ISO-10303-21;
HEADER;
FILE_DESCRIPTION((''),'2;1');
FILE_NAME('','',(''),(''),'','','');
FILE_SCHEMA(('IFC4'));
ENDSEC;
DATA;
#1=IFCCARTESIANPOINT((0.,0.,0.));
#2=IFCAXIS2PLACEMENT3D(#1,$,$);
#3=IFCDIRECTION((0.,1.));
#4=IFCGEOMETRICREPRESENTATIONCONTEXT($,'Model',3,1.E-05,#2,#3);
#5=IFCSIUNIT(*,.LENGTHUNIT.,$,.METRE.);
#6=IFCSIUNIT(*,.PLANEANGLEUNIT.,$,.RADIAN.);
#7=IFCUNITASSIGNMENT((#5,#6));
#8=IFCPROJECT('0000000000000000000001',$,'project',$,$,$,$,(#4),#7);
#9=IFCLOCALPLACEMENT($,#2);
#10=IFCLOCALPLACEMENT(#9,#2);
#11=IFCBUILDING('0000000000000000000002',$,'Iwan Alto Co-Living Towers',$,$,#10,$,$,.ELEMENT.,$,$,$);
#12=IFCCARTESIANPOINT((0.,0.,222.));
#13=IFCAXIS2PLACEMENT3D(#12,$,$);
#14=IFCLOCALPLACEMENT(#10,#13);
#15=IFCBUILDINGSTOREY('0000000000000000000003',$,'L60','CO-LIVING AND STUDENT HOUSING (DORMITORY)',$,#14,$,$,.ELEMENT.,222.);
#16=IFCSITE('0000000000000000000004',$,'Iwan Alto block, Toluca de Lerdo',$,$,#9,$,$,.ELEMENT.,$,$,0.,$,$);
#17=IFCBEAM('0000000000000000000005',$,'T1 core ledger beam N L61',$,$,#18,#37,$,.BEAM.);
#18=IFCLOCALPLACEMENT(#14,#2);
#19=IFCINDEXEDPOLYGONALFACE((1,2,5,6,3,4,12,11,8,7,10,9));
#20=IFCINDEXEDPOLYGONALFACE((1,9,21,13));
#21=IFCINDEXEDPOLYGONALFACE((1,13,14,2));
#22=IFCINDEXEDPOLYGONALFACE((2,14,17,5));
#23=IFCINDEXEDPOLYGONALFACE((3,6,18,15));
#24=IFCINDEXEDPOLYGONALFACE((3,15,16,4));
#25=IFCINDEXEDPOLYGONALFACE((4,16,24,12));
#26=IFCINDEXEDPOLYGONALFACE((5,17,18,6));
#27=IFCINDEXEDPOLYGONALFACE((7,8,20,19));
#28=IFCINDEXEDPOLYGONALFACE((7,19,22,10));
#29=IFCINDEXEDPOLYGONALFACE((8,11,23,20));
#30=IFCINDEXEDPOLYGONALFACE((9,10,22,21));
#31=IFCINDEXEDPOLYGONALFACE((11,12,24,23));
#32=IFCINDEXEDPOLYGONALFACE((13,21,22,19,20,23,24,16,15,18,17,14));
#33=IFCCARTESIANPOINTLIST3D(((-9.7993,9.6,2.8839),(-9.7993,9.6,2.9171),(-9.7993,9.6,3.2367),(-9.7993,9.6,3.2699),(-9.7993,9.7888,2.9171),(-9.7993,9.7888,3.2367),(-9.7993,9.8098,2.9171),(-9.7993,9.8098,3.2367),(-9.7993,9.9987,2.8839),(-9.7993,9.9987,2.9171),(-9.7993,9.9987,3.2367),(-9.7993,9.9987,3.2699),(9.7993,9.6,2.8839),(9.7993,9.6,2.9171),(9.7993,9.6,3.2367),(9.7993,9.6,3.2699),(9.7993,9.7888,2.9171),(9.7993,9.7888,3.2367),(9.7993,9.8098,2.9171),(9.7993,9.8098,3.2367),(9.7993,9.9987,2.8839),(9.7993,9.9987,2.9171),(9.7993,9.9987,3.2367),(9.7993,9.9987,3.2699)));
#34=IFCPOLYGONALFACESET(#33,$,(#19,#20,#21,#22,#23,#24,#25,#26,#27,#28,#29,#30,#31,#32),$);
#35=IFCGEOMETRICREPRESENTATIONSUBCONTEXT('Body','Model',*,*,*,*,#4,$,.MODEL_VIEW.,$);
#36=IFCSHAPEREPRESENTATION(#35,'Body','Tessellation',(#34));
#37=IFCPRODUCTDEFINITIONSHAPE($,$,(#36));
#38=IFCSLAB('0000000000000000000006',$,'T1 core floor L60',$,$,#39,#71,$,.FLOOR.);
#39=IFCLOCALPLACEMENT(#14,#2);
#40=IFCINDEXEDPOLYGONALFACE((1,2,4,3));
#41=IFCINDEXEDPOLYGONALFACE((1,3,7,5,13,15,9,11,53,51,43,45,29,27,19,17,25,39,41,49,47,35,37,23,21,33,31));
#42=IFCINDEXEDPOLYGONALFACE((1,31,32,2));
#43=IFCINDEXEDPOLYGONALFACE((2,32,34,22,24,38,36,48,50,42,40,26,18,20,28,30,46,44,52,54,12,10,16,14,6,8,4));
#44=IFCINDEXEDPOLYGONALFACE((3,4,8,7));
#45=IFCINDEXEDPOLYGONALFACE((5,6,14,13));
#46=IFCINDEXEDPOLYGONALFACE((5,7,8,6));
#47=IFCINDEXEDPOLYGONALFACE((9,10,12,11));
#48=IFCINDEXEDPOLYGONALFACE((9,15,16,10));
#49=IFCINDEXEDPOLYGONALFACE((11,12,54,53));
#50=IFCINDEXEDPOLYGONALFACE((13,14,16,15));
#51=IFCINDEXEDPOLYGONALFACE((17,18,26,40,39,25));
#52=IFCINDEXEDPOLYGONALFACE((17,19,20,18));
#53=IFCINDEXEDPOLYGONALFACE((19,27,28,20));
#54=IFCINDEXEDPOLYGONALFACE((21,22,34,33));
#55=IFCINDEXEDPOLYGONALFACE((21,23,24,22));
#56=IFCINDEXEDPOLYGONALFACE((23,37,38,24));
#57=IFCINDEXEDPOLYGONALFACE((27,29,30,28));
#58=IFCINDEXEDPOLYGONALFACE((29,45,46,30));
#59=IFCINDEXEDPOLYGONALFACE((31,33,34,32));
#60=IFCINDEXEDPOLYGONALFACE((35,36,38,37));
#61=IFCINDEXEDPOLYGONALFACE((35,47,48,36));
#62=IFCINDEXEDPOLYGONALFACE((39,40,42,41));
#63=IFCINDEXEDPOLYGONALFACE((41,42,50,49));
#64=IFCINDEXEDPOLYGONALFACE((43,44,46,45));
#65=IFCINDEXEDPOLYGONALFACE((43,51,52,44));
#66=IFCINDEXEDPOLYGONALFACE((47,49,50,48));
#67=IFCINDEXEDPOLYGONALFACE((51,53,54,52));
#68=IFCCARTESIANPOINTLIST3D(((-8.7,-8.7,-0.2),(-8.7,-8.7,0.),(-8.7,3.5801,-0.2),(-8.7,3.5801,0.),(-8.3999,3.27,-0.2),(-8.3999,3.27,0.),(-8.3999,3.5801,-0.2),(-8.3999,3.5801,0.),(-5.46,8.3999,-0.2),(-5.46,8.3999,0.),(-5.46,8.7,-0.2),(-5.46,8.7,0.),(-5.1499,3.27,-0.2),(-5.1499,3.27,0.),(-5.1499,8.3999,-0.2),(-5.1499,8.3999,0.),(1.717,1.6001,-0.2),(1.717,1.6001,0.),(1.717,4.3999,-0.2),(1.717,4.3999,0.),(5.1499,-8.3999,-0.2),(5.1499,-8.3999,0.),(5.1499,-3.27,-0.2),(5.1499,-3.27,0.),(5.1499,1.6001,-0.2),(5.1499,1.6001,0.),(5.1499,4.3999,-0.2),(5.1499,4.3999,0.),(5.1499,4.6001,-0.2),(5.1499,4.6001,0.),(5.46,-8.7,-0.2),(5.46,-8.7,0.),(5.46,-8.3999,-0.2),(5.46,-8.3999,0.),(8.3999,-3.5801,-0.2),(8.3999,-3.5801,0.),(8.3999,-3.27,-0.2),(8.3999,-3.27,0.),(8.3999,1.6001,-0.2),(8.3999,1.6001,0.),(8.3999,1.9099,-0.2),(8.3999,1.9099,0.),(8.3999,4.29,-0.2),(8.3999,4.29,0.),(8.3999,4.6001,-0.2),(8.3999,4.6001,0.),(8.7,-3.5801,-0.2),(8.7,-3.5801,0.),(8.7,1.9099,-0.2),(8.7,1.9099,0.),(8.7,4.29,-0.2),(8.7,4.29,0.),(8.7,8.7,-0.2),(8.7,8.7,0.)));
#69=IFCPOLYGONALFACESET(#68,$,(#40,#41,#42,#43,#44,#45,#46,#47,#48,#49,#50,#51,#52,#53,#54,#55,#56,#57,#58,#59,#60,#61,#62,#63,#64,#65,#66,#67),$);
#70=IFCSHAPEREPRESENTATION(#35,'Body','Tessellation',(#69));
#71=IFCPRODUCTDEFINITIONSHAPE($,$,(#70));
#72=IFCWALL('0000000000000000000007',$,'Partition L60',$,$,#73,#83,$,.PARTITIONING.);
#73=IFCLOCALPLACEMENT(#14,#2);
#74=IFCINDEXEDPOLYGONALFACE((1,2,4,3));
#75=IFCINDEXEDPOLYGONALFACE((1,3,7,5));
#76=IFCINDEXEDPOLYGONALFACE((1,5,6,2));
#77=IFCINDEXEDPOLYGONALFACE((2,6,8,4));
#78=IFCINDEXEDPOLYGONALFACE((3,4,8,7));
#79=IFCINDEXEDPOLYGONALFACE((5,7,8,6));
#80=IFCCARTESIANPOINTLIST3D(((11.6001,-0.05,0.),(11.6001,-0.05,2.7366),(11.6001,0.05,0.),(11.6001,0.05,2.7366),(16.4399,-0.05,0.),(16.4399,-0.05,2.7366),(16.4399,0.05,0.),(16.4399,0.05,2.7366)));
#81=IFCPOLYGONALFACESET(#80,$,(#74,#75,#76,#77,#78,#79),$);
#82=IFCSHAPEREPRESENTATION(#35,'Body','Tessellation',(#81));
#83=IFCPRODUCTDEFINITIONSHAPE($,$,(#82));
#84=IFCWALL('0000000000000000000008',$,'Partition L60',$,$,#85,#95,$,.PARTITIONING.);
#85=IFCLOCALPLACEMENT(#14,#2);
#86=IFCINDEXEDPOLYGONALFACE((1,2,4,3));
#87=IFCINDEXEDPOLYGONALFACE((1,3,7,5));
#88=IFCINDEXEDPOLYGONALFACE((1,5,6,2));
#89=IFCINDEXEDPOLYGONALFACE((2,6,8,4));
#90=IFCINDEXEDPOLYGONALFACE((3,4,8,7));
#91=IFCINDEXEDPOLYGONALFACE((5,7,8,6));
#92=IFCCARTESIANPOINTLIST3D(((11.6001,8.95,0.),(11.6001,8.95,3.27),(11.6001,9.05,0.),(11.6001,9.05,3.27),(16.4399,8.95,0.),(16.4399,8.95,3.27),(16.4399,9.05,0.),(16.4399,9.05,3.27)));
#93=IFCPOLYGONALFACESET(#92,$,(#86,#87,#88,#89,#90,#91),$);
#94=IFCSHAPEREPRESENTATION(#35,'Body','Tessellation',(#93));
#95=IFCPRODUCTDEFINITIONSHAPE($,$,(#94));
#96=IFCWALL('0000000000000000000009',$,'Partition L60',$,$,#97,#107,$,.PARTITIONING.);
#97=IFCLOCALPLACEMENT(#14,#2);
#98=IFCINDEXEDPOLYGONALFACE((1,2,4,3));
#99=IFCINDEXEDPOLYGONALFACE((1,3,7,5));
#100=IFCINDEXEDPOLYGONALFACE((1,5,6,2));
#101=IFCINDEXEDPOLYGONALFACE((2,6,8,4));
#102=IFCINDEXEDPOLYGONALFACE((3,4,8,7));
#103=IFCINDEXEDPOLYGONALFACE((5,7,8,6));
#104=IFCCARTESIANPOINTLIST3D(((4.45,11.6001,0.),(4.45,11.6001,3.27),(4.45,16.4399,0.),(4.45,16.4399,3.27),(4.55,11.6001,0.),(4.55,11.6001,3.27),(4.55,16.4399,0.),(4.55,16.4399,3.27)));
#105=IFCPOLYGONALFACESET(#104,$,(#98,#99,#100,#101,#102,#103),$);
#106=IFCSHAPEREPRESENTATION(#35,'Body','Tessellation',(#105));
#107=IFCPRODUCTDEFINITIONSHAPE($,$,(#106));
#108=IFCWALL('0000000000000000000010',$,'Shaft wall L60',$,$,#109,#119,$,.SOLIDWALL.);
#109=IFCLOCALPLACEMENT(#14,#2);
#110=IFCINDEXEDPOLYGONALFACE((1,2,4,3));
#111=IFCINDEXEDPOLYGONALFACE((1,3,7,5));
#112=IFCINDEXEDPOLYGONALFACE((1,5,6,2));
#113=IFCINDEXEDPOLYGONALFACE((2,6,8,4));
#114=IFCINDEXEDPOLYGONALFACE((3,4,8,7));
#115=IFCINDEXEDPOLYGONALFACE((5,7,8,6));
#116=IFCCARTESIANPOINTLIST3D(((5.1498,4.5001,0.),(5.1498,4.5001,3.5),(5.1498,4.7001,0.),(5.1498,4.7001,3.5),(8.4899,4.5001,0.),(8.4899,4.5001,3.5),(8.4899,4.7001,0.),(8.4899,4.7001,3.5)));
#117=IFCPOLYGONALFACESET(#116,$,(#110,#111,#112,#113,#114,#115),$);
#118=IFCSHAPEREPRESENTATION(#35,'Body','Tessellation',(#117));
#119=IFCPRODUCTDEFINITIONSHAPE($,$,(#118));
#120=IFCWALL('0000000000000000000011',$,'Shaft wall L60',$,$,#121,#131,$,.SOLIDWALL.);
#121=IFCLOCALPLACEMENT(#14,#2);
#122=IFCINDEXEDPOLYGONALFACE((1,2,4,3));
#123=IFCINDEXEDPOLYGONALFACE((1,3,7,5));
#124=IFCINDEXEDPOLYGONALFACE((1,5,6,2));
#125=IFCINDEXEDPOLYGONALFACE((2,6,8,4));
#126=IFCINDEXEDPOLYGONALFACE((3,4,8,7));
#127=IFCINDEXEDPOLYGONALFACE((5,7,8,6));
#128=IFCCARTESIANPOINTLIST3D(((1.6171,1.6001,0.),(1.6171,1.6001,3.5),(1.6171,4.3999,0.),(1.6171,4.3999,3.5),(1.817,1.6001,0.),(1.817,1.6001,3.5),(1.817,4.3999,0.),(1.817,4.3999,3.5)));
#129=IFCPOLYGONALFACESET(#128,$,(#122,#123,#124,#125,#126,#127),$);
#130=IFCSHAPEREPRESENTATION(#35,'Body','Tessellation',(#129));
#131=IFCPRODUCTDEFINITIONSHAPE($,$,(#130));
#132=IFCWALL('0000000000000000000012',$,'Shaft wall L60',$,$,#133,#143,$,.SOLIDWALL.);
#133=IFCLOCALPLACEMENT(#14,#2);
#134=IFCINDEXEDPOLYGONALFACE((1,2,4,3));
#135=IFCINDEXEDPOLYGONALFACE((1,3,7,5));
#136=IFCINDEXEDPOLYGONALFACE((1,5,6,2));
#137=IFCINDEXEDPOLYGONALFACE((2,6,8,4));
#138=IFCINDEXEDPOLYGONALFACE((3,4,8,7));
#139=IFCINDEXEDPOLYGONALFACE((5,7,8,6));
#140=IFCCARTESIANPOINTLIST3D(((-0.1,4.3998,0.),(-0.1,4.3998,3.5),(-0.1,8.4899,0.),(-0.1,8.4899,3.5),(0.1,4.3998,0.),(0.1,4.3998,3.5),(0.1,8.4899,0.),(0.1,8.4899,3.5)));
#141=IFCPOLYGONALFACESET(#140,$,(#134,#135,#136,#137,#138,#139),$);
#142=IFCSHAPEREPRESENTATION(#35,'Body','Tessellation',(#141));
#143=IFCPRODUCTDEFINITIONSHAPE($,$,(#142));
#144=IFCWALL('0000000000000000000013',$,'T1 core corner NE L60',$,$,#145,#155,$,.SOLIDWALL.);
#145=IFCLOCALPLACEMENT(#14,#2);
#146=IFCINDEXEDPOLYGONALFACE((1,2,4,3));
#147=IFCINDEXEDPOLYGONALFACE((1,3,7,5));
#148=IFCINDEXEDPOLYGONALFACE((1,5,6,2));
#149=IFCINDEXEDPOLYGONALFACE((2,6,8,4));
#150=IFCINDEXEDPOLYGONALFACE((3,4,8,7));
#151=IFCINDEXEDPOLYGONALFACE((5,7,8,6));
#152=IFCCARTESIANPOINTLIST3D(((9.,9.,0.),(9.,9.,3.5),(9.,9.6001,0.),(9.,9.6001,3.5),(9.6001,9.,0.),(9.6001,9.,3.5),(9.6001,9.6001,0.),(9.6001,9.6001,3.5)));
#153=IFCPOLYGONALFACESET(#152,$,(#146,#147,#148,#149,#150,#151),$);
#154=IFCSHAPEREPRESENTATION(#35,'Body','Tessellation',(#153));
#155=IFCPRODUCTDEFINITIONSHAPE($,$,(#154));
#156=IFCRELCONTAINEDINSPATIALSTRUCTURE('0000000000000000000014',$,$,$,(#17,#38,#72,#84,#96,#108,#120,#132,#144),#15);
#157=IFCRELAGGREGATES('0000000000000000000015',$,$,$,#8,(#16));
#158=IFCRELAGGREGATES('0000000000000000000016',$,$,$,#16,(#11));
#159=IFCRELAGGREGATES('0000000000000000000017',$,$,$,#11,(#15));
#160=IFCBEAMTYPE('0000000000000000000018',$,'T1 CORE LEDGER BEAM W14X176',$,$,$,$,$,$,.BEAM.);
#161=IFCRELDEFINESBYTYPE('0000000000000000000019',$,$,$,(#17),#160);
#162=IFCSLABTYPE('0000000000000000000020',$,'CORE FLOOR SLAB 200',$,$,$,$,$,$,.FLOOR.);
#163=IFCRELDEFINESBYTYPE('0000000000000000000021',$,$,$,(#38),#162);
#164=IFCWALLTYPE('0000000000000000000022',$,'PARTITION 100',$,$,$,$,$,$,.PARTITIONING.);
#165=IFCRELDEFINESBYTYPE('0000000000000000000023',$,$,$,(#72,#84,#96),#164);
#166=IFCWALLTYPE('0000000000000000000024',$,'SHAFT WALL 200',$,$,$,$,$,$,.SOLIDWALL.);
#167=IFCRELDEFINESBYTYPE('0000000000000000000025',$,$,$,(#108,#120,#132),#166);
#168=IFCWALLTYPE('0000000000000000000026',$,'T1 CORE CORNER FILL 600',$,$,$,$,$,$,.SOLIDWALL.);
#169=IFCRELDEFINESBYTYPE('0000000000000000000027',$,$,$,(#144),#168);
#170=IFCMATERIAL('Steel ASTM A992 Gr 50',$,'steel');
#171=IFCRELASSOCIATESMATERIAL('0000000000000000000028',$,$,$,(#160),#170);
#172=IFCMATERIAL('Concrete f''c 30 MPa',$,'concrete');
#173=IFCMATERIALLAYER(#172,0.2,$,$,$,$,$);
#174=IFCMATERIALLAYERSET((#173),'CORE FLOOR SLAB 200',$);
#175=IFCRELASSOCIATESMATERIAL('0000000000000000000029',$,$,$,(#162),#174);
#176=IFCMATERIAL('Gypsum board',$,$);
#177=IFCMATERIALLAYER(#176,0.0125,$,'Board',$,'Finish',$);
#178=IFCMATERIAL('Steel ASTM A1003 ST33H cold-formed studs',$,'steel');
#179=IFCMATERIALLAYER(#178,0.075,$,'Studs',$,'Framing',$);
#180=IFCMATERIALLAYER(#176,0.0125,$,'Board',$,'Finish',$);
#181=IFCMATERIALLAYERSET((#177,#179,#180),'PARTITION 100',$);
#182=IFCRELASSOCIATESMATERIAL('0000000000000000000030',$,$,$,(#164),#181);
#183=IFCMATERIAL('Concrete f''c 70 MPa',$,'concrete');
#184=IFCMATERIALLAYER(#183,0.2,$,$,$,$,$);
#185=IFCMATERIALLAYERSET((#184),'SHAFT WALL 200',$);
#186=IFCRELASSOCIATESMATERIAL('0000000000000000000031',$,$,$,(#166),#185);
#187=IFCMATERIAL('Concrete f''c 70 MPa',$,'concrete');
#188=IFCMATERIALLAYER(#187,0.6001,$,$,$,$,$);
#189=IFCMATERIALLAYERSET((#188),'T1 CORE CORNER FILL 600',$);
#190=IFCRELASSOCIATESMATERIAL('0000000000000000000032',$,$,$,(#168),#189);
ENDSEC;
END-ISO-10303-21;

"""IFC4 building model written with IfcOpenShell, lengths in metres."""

from ifc_helpers import new_model, si_unit, direction, frame, frame_2d, origin, origin_2d, place, context, subcontext, project, spatial, polyline, rectangle, i_section, outline, extrude, material, layer, layer_set, material_profile, profile_set, type_object, element, save


model = new_model("IFC4")

# Units and contexts
model_context = context("Model", 3, precision=1e-05, world=origin(), true_north=direction((0.0, 1.0)))
body_context = subcontext(model_context, "Body", "Model", "MODEL_VIEW")
ifc_project = project(units=[si_unit("LENGTHUNIT", "METRE"), si_unit("PLANEANGLEUNIT", "RADIAN")], contexts=[model_context])

# Site, building, storey
site_placement = place(None, origin())
site = spatial("IfcSite", under=ifc_project, at=site_placement, Name="Iwan Alto block, Toluca de Lerdo", CompositionType="ELEMENT", RefElevation=0.0)
building_placement = place(site_placement, origin())
building = spatial("IfcBuilding", under=site, at=building_placement, Name="Iwan Alto Co-Living Towers", CompositionType="ELEMENT")
storey_placement = place(building_placement, frame((0.0, 0.0, 222.0)))
storey = spatial("IfcBuildingStorey", under=building, at=storey_placement, Name="L60", Description="CO-LIVING AND STUDENT HOUSING (DORMITORY)", CompositionType="ELEMENT", Elevation=222.0)

# Beam
ifc_material_1 = material(Name="Steel ASTM A992 Gr 50", Category="steel")
ifc_material_profile = material_profile(ifc_material_1, i_section(OverallWidth=0.3987, OverallDepth=0.386, WebThickness=0.021, FlangeThickness=0.0332, at=origin_2d()), Name="W14X176")
ifc_profile_set = profile_set([ifc_material_profile], Name="Steel ASTM A992 Gr 50")
beam_type = type_object("IfcBeamType", Name="T1 CORE LEDGER BEAM W14X176", PredefinedType="BEAM", material=ifc_profile_set)
beam_placement = place(storey_placement, frame((9.7993, 9.7993, 3.0769), z_axis=(-1.0, 0.0, 0.0), x_axis=(0.0, -1.0, 0.0)))
element("IfcBeam", 1, at=beam_placement, inside=storey, type_object=beam_type, Name="T1 core ledger beam N L61", PredefinedType="BEAM", context=body_context, shape_type="SweptSolid", body=[
    extrude(i_section(OverallWidth=0.3987, OverallDepth=0.386, WebThickness=0.021, FlangeThickness=0.0332, at=origin_2d()), origin(), (0.0, 0.0, 1.0), 19.5986),
])

# Slab
ifc_material_2 = material(Name="Concrete f'c 30 MPa", Category="concrete")
ifc_layer_1 = layer(ifc_material_2, 0.2)
ifc_layer_set_1 = layer_set([ifc_layer_1], Name="CORE FLOOR SLAB 200")
slab_type = type_object("IfcSlabType", Name="CORE FLOOR SLAB 200", PredefinedType="FLOOR", material=ifc_layer_set_1)
slab_placement = place(storey_placement, frame((0.0, 0.0, -0.2)))
element("IfcSlab", 2, at=slab_placement, inside=storey, type_object=slab_type, Name="T1 core floor L60", PredefinedType="FLOOR", context=body_context, shape_type="SweptSolid", body=[
    extrude(outline(polyline([(-8.7, 3.5801), (-8.3999, 3.5801), (-8.3999, 3.27), (-5.1499, 3.27), (-5.1499, 8.3999), (-5.46, 8.3999), (-5.46, 8.7), (8.7, 8.7), (8.7, 4.29), (8.3999, 4.29), (8.3999, 4.6001), (5.1499, 4.6001), (5.1499, 4.3999), (1.717, 4.3999), (1.717, 1.6001), (5.1499, 1.6001), (8.3999, 1.6001), (8.3999, 1.9099), (8.7, 1.9099), (8.7, -3.5801), (8.3999, -3.5801), (8.3999, -3.27), (5.1499, -3.27), (5.1499, -8.3999), (5.46, -8.3999), (5.46, -8.7), (-8.7, -8.7), (-8.7, 3.5801)])), origin(), (0.0, 0.0, 1.0), 0.2),
])

# Walls
ifc_material_3 = material(Name="Gypsum board")
ifc_layer_2 = layer(ifc_material_3, 0.0125, Name="Board", Category="Finish")
ifc_material_4 = material(Name="Steel ASTM A1003 ST33H cold-formed studs", Category="steel")
ifc_layer_3 = layer(ifc_material_4, 0.075, Name="Studs", Category="Framing")
ifc_layer_4 = layer(ifc_material_3, 0.0125, Name="Board", Category="Finish")
ifc_layer_set_2 = layer_set([ifc_layer_2, ifc_layer_3, ifc_layer_4], Name="PARTITION 100")
wall_type_1 = type_object("IfcWallType", Name="PARTITION 100", PredefinedType="PARTITIONING", material=ifc_layer_set_2)
wall_1_placement = place(storey_placement, frame((11.6001, 0.0, 0.0), z_axis=(0.0, 0.0, 1.0), x_axis=(1.0, 0.0, 0.0)))
element("IfcWall", 3, at=wall_1_placement, inside=storey, type_object=wall_type_1, Name="Partition L60", PredefinedType="PARTITIONING", context=body_context, shape_type="SweptSolid", body=[
    extrude(rectangle(XDim=4.8398, YDim=0.1001, at=frame_2d((2.4199, 0.0))), origin(), (0.0, 0.0, 1.0), 2.7366),
])
for number, where, z_axis, x_axis, name in (
    (4, (11.6001, 9.0, 0.0), (0.0, 0.0, 1.0), (1.0, 0.0, 0.0), "Partition L60"),
    (5, (4.5, 11.6001, 0.0), (0.0, 0.0, 1.0), (0.0, 1.0, 0.0), "Partition L60"),
):
    element("IfcWall", number, at=place(storey_placement, frame(where, z_axis=z_axis, x_axis=x_axis)), inside=storey, type_object=wall_type_1, Name=name, PredefinedType="PARTITIONING", context=body_context, shape_type="SweptSolid", body=[
        extrude(rectangle(XDim=4.8398, YDim=0.1001, at=frame_2d((2.4199, 0.0))), origin(), (0.0, 0.0, 1.0), 3.27),
    ])
ifc_material_5 = material(Name="Concrete f'c 70 MPa", Category="concrete")
ifc_layer_5 = layer(ifc_material_5, 0.2)
ifc_layer_set_3 = layer_set([ifc_layer_5], Name="SHAFT WALL 200")
wall_type_2 = type_object("IfcWallType", Name="SHAFT WALL 200", PredefinedType="SOLIDWALL", material=ifc_layer_set_3)
wall_2_placement = place(storey_placement, frame((5.1499, 4.6001, 0.0), z_axis=(0.0, 0.0, 1.0), x_axis=(1.0, 0.0, 0.0)))
element("IfcWall", 6, at=wall_2_placement, inside=storey, type_object=wall_type_2, Name="Shaft wall L60", PredefinedType="SOLIDWALL", context=body_context, shape_type="SweptSolid", body=[
    extrude(rectangle(XDim=3.3401, YDim=0.2, at=frame_2d((1.6699, 0.0))), origin(), (0.0, 0.0, 1.0), 3.5),
])
wall_3_placement = place(storey_placement, frame((1.717, 1.6001, 0.0), z_axis=(0.0, 0.0, 1.0), x_axis=(0.0, 1.0, 0.0)))
element("IfcWall", 7, at=wall_3_placement, inside=storey, type_object=wall_type_2, Name="Shaft wall L60", PredefinedType="SOLIDWALL", context=body_context, shape_type="SweptSolid", body=[
    extrude(rectangle(XDim=2.7998, YDim=0.2, at=frame_2d((1.3999, 0.0))), origin(), (0.0, 0.0, 1.0), 3.5),
])
wall_4_placement = place(storey_placement, frame((0.0, 4.3999, 0.0), z_axis=(0.0, 0.0, 1.0), x_axis=(0.0, 1.0, 0.0)))
element("IfcWall", 8, at=wall_4_placement, inside=storey, type_object=wall_type_2, Name="Shaft wall L60", PredefinedType="SOLIDWALL", context=body_context, shape_type="SweptSolid", body=[
    extrude(rectangle(XDim=4.0901, YDim=0.2, at=frame_2d((2.0449, 0.0))), origin(), (0.0, 0.0, 1.0), 3.5),
])
ifc_material_6 = material(Name="Concrete f'c 70 MPa", Category="concrete")
ifc_layer_6 = layer(ifc_material_6, 0.6001)
ifc_layer_set_4 = layer_set([ifc_layer_6], Name="T1 CORE CORNER FILL 600")
wall_type_3 = type_object("IfcWallType", Name="T1 CORE CORNER FILL 600", PredefinedType="SOLIDWALL", material=ifc_layer_set_4)
wall_5_placement = place(storey_placement, frame((9.0, 9.3, 0.0), z_axis=(0.0, 0.0, 1.0), x_axis=(1.0, 0.0, 0.0)))
element("IfcWall", 9, at=wall_5_placement, inside=storey, type_object=wall_type_3, Name="T1 core corner NE L60", PredefinedType="SOLIDWALL", context=body_context, shape_type="SweptSolid", body=[
    extrude(rectangle(XDim=0.6001, YDim=0.6001, at=frame_2d((0.3, 0.0))), origin(), (0.0, 0.0, 1.0), 3.5),
])

save(model, "model.ifc")
